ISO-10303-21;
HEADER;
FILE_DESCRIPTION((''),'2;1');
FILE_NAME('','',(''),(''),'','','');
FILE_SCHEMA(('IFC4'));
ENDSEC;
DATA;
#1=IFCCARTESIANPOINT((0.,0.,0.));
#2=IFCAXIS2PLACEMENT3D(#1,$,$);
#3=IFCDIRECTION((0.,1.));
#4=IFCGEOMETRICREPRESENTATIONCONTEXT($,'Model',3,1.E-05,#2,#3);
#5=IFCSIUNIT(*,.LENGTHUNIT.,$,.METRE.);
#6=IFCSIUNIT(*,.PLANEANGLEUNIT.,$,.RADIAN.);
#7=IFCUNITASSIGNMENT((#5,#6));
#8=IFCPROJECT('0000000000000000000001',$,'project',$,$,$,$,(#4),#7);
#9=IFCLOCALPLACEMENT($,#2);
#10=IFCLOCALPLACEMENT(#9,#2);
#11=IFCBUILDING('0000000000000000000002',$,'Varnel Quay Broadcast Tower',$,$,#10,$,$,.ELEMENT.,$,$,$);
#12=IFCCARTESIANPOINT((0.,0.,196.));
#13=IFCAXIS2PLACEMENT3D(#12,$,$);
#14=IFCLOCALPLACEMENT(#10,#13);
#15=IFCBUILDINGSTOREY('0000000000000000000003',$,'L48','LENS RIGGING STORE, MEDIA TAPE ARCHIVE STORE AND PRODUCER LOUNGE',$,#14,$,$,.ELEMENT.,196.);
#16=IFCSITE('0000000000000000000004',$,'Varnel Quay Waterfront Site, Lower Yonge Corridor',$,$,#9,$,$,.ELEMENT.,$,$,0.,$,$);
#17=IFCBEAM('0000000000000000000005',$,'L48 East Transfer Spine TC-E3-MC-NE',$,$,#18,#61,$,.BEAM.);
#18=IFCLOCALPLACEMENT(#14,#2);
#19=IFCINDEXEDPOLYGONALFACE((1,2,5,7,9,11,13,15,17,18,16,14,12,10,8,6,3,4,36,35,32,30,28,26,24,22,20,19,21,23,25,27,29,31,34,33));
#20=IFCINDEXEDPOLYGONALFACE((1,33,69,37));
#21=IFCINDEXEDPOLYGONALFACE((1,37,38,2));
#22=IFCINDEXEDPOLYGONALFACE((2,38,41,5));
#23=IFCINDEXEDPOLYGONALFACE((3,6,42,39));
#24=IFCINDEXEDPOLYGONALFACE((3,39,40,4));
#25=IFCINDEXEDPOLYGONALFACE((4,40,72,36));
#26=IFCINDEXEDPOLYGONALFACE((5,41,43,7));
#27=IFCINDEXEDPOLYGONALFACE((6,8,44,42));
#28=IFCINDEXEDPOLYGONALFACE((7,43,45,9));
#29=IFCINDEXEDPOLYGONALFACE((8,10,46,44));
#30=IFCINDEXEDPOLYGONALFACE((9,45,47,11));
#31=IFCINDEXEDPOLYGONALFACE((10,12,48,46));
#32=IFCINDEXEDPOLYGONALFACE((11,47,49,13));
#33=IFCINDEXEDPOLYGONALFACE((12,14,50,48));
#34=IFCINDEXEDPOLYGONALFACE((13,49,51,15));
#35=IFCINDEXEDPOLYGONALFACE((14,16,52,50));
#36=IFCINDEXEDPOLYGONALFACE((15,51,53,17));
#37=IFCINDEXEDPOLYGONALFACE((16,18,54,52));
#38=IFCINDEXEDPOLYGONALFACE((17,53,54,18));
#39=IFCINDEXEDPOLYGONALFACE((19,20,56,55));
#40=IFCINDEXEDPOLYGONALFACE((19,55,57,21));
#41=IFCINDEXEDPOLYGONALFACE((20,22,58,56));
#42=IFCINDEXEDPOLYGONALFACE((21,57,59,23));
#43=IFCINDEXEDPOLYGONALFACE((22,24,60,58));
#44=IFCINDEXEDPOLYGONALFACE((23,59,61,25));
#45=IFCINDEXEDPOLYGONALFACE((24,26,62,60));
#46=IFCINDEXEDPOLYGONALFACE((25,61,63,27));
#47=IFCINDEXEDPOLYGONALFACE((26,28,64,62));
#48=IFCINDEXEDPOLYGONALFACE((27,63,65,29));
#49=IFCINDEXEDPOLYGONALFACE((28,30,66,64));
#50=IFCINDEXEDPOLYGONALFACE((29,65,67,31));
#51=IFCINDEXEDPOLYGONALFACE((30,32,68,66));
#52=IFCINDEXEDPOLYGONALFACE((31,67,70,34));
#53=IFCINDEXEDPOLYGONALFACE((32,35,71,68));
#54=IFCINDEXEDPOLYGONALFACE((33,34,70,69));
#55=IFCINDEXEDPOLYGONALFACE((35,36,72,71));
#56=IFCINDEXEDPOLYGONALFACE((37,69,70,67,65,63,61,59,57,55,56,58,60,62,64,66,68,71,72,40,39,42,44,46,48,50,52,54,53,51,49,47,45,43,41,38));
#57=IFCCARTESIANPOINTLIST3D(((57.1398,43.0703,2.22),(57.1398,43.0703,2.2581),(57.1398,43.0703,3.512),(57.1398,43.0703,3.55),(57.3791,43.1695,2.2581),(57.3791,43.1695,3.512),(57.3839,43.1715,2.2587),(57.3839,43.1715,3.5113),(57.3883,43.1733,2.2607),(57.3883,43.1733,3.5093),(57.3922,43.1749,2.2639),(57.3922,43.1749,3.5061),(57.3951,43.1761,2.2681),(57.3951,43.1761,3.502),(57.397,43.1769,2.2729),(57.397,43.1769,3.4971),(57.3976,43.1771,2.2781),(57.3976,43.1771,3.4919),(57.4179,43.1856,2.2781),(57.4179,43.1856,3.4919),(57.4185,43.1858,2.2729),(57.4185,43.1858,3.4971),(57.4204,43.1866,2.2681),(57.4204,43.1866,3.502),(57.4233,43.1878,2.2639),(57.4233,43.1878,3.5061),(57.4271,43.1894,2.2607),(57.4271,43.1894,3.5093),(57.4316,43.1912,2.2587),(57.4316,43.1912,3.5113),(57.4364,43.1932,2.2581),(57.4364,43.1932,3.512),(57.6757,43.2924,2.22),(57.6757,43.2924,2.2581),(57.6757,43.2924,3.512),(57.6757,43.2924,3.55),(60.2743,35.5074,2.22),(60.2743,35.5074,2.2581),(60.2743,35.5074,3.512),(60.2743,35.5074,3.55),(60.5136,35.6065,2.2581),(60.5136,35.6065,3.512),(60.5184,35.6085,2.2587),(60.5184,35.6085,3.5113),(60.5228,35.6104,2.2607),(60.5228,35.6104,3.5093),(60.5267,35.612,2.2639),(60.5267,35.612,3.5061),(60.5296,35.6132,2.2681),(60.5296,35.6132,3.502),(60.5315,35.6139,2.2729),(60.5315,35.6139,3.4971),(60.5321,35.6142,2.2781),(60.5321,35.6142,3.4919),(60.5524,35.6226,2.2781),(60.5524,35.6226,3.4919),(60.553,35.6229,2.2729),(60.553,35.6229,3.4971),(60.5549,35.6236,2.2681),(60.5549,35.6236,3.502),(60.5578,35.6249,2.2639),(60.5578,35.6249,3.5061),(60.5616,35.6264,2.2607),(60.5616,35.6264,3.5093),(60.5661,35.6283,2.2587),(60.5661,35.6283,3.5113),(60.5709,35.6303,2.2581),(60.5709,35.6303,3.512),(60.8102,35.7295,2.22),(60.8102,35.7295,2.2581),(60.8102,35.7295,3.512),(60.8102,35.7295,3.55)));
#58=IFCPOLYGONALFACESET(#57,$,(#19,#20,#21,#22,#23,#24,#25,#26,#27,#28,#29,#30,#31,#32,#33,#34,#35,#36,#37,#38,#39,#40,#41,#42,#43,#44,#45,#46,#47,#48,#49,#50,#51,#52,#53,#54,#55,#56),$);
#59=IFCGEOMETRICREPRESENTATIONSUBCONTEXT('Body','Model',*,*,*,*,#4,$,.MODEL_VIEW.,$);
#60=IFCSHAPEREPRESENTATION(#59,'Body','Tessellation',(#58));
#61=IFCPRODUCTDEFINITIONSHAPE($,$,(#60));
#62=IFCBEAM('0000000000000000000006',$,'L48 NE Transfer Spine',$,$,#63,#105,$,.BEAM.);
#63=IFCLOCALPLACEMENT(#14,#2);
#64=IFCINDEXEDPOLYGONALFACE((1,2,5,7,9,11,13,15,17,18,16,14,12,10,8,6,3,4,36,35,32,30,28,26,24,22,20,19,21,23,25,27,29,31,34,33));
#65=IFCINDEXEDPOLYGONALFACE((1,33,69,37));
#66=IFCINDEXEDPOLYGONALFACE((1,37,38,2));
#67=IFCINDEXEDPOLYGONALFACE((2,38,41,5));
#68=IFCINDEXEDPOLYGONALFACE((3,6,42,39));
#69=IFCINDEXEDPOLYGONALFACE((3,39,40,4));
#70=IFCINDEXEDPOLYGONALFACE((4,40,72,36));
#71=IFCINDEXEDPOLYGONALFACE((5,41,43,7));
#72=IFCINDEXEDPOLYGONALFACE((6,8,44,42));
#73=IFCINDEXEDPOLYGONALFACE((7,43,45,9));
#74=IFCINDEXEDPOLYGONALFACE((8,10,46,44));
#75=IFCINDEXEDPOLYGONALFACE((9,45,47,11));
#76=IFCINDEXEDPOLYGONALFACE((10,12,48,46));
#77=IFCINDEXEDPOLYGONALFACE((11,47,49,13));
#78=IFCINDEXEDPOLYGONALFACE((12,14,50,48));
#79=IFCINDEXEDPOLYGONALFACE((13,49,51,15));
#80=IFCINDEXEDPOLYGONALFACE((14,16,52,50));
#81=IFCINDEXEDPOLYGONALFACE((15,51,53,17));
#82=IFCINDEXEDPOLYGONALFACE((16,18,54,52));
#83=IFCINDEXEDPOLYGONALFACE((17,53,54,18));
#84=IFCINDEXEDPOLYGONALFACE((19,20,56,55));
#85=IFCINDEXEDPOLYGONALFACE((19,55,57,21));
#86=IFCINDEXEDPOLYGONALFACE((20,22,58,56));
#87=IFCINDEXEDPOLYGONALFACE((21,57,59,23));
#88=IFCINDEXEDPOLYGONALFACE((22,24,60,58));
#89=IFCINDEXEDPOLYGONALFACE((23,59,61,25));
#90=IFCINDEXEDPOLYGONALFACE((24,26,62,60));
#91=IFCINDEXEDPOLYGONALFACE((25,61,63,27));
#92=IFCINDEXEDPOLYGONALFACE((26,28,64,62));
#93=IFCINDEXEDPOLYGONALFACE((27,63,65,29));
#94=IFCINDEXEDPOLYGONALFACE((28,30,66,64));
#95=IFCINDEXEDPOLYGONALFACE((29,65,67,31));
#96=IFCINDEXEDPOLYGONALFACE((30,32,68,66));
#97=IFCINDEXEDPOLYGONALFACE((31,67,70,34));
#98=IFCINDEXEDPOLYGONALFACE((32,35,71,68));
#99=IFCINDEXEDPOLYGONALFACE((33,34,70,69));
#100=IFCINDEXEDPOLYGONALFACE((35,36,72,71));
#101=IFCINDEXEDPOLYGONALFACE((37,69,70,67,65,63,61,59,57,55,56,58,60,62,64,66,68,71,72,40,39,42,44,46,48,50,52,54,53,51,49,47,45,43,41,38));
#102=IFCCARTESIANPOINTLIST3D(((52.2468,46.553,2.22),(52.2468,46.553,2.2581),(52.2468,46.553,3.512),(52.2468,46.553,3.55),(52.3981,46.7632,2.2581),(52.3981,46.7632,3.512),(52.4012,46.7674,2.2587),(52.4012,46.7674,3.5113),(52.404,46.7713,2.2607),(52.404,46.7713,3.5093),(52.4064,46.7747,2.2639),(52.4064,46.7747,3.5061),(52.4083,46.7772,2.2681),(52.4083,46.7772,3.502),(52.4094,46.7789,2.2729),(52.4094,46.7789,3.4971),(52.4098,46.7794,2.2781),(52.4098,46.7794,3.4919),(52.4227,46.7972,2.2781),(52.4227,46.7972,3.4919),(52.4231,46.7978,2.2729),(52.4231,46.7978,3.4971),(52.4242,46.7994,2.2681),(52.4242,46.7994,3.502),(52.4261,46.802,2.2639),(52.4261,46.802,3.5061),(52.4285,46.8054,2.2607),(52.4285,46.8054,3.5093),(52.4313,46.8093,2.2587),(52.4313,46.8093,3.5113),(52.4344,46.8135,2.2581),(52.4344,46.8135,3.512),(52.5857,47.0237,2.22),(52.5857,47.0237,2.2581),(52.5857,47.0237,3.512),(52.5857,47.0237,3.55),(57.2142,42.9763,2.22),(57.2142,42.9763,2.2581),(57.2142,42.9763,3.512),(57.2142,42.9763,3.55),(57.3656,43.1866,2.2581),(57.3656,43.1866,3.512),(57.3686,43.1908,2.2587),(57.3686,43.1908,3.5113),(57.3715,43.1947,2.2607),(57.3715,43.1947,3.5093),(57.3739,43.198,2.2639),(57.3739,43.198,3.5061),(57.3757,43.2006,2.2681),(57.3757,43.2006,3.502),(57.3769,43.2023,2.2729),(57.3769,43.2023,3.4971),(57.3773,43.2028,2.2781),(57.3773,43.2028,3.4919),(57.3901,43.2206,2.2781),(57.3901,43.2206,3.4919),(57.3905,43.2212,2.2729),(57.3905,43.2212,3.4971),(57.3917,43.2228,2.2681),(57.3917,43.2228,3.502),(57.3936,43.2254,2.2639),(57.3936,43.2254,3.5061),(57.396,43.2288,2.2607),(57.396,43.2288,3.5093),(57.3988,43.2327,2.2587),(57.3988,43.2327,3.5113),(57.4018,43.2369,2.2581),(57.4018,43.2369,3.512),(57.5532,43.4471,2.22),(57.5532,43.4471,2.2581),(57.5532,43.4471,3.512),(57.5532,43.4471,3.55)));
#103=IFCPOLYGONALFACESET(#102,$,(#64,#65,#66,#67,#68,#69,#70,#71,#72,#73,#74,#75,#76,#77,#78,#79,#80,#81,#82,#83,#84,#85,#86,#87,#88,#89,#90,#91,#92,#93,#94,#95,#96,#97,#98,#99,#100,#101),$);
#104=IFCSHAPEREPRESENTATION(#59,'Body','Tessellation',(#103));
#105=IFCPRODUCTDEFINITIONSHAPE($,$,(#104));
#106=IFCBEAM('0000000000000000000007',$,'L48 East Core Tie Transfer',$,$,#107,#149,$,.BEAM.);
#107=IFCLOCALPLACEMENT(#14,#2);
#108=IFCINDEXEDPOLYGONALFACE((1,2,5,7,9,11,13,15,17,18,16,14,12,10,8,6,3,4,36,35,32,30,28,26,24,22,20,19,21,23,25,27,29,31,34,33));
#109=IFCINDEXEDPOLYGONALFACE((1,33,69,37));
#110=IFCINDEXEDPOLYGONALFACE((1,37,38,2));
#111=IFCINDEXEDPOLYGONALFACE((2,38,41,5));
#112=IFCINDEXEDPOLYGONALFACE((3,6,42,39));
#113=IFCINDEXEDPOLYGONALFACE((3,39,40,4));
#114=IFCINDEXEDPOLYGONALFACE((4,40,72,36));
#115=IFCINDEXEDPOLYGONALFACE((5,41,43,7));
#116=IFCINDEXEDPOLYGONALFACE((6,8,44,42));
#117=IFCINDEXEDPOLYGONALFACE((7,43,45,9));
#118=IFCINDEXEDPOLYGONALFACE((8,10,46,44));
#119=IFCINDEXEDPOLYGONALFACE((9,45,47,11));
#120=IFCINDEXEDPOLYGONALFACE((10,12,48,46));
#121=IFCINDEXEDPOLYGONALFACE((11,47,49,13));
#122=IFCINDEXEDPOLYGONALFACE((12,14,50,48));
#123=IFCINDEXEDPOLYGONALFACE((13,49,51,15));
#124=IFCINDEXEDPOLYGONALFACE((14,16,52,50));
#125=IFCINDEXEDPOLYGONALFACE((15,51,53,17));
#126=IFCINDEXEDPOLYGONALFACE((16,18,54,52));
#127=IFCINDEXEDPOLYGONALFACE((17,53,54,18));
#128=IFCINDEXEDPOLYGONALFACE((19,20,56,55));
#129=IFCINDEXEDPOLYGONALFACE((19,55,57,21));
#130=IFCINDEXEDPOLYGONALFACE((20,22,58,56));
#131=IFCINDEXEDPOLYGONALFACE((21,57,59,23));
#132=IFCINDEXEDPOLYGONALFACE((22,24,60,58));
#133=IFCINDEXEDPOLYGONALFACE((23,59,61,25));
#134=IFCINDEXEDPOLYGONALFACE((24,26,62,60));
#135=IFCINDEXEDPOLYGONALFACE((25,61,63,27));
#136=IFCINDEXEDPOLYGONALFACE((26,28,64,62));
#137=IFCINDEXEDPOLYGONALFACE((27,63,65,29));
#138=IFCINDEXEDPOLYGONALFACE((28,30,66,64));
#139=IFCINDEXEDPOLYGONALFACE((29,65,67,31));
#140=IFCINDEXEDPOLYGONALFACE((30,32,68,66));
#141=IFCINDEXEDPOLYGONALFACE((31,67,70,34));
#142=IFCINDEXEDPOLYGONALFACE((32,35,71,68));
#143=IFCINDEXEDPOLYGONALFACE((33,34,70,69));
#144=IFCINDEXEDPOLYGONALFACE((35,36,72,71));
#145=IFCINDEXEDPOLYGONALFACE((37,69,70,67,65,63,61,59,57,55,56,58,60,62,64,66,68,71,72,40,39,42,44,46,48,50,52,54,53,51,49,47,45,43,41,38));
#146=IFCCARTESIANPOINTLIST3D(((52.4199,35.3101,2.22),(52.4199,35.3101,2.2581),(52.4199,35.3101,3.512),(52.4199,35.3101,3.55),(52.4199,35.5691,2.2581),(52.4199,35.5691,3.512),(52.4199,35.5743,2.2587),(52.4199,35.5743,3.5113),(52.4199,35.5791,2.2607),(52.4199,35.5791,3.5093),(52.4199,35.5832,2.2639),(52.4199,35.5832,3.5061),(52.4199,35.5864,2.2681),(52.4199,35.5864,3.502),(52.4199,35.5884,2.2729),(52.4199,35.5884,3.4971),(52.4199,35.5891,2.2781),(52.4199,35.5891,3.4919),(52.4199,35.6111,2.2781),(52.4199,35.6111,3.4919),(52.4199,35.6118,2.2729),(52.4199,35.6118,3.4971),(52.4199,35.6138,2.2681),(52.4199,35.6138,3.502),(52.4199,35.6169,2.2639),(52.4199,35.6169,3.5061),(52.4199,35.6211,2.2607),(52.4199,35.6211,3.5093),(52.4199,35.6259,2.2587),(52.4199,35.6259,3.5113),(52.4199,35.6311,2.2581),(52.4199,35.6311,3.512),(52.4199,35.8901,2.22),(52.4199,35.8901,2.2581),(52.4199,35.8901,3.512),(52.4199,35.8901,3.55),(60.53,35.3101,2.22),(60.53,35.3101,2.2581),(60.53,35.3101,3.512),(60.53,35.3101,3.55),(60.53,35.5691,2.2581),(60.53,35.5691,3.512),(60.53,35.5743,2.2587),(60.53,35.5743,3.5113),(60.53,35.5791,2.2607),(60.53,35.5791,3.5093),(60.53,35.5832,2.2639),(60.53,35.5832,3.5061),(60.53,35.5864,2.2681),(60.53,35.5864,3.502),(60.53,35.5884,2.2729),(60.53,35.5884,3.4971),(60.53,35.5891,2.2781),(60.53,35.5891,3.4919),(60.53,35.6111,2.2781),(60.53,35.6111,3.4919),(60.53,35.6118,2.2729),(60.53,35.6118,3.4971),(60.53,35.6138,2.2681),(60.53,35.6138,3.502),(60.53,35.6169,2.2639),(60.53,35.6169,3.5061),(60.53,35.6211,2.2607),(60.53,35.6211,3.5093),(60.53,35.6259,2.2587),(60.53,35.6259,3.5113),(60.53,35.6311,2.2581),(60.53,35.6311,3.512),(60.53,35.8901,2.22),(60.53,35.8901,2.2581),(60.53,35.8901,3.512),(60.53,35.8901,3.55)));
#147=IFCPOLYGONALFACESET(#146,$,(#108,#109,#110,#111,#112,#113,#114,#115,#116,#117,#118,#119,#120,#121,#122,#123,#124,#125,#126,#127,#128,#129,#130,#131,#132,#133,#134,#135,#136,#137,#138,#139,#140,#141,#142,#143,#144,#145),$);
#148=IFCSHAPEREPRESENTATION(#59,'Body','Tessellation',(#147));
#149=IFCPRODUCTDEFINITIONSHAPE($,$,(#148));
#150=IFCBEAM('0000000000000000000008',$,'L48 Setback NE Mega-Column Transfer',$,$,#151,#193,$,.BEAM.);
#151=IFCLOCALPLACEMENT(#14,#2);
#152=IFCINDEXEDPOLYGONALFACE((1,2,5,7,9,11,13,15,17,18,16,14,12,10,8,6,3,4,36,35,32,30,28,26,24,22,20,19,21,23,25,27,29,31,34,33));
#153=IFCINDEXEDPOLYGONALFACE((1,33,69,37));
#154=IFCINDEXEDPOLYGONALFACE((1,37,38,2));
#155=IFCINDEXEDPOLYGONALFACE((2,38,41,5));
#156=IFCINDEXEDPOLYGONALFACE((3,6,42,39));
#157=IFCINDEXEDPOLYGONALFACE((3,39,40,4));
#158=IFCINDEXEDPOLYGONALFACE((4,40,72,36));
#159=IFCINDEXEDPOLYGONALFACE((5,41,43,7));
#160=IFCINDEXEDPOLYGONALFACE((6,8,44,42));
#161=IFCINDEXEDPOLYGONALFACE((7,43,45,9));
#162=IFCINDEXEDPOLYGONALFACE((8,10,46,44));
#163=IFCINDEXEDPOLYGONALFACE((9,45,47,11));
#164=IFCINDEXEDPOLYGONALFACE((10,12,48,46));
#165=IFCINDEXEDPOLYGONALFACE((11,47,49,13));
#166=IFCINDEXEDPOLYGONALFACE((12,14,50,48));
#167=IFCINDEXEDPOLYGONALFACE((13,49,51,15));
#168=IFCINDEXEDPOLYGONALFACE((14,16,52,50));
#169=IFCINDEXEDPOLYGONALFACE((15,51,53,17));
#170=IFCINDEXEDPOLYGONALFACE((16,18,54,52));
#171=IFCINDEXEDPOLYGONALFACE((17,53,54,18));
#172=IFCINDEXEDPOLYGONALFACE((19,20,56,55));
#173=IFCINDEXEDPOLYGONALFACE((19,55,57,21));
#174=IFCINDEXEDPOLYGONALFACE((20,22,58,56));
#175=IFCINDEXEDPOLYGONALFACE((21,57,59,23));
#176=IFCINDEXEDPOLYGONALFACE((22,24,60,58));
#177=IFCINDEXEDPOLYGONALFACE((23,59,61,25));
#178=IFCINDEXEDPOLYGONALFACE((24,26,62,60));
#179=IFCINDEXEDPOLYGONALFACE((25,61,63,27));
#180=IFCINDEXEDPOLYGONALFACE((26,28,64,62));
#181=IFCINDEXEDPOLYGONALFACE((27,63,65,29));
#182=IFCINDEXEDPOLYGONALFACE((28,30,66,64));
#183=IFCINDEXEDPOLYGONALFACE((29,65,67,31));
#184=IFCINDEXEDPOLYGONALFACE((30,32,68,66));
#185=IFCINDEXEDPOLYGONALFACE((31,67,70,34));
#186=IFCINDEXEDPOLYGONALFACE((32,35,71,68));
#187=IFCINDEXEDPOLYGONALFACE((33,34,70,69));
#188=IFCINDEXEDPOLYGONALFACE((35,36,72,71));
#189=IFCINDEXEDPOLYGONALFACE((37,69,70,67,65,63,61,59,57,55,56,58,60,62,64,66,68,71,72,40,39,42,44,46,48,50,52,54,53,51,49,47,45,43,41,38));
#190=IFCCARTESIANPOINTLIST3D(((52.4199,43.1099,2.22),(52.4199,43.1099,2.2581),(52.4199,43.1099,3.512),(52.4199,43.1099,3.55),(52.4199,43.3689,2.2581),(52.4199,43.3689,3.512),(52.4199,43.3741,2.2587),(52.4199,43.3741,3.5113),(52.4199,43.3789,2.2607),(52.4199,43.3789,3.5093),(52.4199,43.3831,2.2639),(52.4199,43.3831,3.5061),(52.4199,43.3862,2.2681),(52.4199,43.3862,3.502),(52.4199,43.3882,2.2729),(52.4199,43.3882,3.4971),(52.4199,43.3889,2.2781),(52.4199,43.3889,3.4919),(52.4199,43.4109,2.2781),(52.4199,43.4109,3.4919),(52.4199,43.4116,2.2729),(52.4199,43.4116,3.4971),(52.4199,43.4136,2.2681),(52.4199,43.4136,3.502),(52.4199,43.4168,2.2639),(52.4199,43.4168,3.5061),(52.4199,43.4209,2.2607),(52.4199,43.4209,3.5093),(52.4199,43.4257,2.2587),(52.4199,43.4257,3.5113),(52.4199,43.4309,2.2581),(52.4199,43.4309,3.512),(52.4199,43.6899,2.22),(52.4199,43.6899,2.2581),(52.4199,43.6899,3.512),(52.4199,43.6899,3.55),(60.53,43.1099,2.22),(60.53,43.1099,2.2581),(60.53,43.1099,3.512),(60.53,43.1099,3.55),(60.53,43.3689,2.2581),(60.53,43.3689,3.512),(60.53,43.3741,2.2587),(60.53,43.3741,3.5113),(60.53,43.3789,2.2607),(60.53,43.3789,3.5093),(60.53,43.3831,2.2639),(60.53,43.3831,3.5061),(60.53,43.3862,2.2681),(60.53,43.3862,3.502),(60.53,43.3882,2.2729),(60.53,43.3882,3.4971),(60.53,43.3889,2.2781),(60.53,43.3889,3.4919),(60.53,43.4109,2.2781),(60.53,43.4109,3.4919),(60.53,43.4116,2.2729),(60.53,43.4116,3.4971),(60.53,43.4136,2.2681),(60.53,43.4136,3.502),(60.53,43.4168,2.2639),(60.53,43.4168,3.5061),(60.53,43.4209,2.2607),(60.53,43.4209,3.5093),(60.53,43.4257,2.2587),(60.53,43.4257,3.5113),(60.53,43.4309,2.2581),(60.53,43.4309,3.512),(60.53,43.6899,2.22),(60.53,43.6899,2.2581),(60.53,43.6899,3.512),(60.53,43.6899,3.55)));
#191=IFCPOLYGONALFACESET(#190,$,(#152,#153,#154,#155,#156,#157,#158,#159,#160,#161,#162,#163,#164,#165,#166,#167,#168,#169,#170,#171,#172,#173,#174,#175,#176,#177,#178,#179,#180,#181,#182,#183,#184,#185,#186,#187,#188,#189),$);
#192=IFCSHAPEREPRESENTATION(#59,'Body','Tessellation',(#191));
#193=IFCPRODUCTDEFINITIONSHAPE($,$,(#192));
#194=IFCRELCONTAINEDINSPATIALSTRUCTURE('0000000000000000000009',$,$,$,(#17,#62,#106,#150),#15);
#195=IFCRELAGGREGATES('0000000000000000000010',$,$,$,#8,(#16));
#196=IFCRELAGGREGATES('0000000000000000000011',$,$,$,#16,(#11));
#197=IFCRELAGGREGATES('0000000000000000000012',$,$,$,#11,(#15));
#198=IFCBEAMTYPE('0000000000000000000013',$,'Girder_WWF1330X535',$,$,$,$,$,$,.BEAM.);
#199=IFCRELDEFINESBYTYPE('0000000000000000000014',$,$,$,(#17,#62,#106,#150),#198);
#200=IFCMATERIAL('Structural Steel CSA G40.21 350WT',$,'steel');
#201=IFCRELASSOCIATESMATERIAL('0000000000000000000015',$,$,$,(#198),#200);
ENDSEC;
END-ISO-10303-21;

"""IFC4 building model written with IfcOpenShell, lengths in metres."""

from ifc_helpers import new_model, si_unit, direction, frame, origin, origin_2d, place, context, subcontext, project, spatial, i_section, extrude, source, transform, mapped, material, material_profile, profile_set, type_object, element, save


model = new_model("IFC4")

# Units and contexts
model_context = context("Model", 3, precision=1e-05, world=origin(), true_north=direction((0.0, 1.0)))
body_context = subcontext(model_context, "Body", "Model", "MODEL_VIEW")
ifc_project = project(units=[si_unit("LENGTHUNIT", "METRE"), si_unit("PLANEANGLEUNIT", "RADIAN")], contexts=[model_context])

# Site, building, storey
site_placement = place(None, origin())
site = spatial("IfcSite", under=ifc_project, at=site_placement, Name="Varnel Quay Waterfront Site, Lower Yonge Corridor", CompositionType="ELEMENT", RefElevation=0.0)
building_placement = place(site_placement, origin())
building = spatial("IfcBuilding", under=site, at=building_placement, Name="Varnel Quay Broadcast Tower", CompositionType="ELEMENT")
storey_placement = place(building_placement, frame((0.0, 0.0, 196.0)))
storey = spatial("IfcBuildingStorey", under=building, at=storey_placement, Name="L48", Description="LENS RIGGING STORE, MEDIA TAPE ARCHIVE STORE AND PRODUCER LOUNGE", CompositionType="ELEMENT", Elevation=196.0)

# Shared definitions
ifc_material_1 = material(Name="Structural Steel CSA G40.21 350WT", Category="steel")

# Beams
ifc_material_profile_1 = material_profile(ifc_material_1, i_section(OverallWidth=0.5801, OverallDepth=1.3301, WebThickness=0.022, FlangeThickness=0.0381, FilletRadius=0.02, at=origin_2d()), Name="WWF1330X535")
ifc_profile_set_1 = profile_set([ifc_material_profile_1], Name="Structural Steel CSA G40.21 350WT")
beam_type = type_object("IfcBeamType", Name="Girder_WWF1330X535", PredefinedType="BEAM", material=ifc_profile_set_1)
shared_shape_1 = source(origin(), body_context, "Body", "SweptSolid", [
    extrude(i_section(OverallWidth=0.5801, OverallDepth=1.3301, WebThickness=0.022, FlangeThickness=0.0381, FilletRadius=0.02, at=origin_2d()), origin(), (0.0, 0.0, 1.0), 8.1868),
])
beam_1_placement = place(storey_placement, frame((60.5422, 35.6184, 2.885), z_axis=(-0.382874, 0.923801, 0.0), x_axis=(-0.923801, -0.382874, 0.0)))
element("IfcBeam", 1, at=beam_1_placement, inside=storey, type_object=beam_type, Name="L48 East Transfer Spine TC-E3-MC-NE", PredefinedType="BEAM", context=body_context, shape_type="MappedRepresentation", body=[
    mapped(shared_shape_1, transform((0.0, 0.0, 0.0), x_axis=(1.0, 0.0, 0.0), y_axis=(0.0, 1.0, 0.0), z_axis=(0.0, 0.0, 1.0), scale=1.0)),
])
shared_shape_2 = source(origin(), body_context, "Body", "SweptSolid", [
    extrude(i_section(OverallWidth=0.5801, OverallDepth=1.3301, WebThickness=0.022, FlangeThickness=0.0381, FilletRadius=0.02, at=origin_2d()), origin(), (0.0, 0.0, 1.0), 6.1211),
])
beam_2_placement = place(storey_placement, frame((52.4163, 46.7883, 2.885), z_axis=(0.811531, -0.584309, 0.0), x_axis=(0.584309, 0.811531, 0.0)))
element("IfcBeam", 2, at=beam_2_placement, inside=storey, type_object=beam_type, Name="L48 NE Transfer Spine", PredefinedType="BEAM", context=body_context, shape_type="MappedRepresentation", body=[
    mapped(shared_shape_2, transform((0.0, 0.0, 0.0), x_axis=(1.0, 0.0, 0.0), y_axis=(0.0, 1.0, 0.0), z_axis=(0.0, 0.0, 1.0), scale=1.0)),
])
shared_shape_3 = source(origin(), body_context, "Body", "SweptSolid", [
    extrude(i_section(OverallWidth=0.5801, OverallDepth=1.3301, WebThickness=0.022, FlangeThickness=0.0381, FilletRadius=0.02, at=origin_2d()), origin(), (0.0, 0.0, 1.0), 8.1101),
])
for number, where, z_axis, x_axis, name in (
    (3, (52.4199, 35.6001, 2.885), (1.0, 0.0, 0.0), (0.0, 1.0, 0.0), "L48 East Core Tie Transfer"),
    (4, (52.4199, 43.3999, 2.885), (1.0, 0.0, 0.0), (0.0, 1.0, 0.0), "L48 Setback NE Mega-Column Transfer"),
):
    element("IfcBeam", number, at=place(storey_placement, frame(where, z_axis=z_axis, x_axis=x_axis)), inside=storey, type_object=beam_type, Name=name, PredefinedType="BEAM", context=body_context, shape_type="MappedRepresentation", body=[
        mapped(shared_shape_3, transform((0.0, 0.0, 0.0), x_axis=(1.0, 0.0, 0.0), y_axis=(0.0, 1.0, 0.0), z_axis=(0.0, 0.0, 1.0), scale=1.0)),
    ])

save(model, "model.ifc")
